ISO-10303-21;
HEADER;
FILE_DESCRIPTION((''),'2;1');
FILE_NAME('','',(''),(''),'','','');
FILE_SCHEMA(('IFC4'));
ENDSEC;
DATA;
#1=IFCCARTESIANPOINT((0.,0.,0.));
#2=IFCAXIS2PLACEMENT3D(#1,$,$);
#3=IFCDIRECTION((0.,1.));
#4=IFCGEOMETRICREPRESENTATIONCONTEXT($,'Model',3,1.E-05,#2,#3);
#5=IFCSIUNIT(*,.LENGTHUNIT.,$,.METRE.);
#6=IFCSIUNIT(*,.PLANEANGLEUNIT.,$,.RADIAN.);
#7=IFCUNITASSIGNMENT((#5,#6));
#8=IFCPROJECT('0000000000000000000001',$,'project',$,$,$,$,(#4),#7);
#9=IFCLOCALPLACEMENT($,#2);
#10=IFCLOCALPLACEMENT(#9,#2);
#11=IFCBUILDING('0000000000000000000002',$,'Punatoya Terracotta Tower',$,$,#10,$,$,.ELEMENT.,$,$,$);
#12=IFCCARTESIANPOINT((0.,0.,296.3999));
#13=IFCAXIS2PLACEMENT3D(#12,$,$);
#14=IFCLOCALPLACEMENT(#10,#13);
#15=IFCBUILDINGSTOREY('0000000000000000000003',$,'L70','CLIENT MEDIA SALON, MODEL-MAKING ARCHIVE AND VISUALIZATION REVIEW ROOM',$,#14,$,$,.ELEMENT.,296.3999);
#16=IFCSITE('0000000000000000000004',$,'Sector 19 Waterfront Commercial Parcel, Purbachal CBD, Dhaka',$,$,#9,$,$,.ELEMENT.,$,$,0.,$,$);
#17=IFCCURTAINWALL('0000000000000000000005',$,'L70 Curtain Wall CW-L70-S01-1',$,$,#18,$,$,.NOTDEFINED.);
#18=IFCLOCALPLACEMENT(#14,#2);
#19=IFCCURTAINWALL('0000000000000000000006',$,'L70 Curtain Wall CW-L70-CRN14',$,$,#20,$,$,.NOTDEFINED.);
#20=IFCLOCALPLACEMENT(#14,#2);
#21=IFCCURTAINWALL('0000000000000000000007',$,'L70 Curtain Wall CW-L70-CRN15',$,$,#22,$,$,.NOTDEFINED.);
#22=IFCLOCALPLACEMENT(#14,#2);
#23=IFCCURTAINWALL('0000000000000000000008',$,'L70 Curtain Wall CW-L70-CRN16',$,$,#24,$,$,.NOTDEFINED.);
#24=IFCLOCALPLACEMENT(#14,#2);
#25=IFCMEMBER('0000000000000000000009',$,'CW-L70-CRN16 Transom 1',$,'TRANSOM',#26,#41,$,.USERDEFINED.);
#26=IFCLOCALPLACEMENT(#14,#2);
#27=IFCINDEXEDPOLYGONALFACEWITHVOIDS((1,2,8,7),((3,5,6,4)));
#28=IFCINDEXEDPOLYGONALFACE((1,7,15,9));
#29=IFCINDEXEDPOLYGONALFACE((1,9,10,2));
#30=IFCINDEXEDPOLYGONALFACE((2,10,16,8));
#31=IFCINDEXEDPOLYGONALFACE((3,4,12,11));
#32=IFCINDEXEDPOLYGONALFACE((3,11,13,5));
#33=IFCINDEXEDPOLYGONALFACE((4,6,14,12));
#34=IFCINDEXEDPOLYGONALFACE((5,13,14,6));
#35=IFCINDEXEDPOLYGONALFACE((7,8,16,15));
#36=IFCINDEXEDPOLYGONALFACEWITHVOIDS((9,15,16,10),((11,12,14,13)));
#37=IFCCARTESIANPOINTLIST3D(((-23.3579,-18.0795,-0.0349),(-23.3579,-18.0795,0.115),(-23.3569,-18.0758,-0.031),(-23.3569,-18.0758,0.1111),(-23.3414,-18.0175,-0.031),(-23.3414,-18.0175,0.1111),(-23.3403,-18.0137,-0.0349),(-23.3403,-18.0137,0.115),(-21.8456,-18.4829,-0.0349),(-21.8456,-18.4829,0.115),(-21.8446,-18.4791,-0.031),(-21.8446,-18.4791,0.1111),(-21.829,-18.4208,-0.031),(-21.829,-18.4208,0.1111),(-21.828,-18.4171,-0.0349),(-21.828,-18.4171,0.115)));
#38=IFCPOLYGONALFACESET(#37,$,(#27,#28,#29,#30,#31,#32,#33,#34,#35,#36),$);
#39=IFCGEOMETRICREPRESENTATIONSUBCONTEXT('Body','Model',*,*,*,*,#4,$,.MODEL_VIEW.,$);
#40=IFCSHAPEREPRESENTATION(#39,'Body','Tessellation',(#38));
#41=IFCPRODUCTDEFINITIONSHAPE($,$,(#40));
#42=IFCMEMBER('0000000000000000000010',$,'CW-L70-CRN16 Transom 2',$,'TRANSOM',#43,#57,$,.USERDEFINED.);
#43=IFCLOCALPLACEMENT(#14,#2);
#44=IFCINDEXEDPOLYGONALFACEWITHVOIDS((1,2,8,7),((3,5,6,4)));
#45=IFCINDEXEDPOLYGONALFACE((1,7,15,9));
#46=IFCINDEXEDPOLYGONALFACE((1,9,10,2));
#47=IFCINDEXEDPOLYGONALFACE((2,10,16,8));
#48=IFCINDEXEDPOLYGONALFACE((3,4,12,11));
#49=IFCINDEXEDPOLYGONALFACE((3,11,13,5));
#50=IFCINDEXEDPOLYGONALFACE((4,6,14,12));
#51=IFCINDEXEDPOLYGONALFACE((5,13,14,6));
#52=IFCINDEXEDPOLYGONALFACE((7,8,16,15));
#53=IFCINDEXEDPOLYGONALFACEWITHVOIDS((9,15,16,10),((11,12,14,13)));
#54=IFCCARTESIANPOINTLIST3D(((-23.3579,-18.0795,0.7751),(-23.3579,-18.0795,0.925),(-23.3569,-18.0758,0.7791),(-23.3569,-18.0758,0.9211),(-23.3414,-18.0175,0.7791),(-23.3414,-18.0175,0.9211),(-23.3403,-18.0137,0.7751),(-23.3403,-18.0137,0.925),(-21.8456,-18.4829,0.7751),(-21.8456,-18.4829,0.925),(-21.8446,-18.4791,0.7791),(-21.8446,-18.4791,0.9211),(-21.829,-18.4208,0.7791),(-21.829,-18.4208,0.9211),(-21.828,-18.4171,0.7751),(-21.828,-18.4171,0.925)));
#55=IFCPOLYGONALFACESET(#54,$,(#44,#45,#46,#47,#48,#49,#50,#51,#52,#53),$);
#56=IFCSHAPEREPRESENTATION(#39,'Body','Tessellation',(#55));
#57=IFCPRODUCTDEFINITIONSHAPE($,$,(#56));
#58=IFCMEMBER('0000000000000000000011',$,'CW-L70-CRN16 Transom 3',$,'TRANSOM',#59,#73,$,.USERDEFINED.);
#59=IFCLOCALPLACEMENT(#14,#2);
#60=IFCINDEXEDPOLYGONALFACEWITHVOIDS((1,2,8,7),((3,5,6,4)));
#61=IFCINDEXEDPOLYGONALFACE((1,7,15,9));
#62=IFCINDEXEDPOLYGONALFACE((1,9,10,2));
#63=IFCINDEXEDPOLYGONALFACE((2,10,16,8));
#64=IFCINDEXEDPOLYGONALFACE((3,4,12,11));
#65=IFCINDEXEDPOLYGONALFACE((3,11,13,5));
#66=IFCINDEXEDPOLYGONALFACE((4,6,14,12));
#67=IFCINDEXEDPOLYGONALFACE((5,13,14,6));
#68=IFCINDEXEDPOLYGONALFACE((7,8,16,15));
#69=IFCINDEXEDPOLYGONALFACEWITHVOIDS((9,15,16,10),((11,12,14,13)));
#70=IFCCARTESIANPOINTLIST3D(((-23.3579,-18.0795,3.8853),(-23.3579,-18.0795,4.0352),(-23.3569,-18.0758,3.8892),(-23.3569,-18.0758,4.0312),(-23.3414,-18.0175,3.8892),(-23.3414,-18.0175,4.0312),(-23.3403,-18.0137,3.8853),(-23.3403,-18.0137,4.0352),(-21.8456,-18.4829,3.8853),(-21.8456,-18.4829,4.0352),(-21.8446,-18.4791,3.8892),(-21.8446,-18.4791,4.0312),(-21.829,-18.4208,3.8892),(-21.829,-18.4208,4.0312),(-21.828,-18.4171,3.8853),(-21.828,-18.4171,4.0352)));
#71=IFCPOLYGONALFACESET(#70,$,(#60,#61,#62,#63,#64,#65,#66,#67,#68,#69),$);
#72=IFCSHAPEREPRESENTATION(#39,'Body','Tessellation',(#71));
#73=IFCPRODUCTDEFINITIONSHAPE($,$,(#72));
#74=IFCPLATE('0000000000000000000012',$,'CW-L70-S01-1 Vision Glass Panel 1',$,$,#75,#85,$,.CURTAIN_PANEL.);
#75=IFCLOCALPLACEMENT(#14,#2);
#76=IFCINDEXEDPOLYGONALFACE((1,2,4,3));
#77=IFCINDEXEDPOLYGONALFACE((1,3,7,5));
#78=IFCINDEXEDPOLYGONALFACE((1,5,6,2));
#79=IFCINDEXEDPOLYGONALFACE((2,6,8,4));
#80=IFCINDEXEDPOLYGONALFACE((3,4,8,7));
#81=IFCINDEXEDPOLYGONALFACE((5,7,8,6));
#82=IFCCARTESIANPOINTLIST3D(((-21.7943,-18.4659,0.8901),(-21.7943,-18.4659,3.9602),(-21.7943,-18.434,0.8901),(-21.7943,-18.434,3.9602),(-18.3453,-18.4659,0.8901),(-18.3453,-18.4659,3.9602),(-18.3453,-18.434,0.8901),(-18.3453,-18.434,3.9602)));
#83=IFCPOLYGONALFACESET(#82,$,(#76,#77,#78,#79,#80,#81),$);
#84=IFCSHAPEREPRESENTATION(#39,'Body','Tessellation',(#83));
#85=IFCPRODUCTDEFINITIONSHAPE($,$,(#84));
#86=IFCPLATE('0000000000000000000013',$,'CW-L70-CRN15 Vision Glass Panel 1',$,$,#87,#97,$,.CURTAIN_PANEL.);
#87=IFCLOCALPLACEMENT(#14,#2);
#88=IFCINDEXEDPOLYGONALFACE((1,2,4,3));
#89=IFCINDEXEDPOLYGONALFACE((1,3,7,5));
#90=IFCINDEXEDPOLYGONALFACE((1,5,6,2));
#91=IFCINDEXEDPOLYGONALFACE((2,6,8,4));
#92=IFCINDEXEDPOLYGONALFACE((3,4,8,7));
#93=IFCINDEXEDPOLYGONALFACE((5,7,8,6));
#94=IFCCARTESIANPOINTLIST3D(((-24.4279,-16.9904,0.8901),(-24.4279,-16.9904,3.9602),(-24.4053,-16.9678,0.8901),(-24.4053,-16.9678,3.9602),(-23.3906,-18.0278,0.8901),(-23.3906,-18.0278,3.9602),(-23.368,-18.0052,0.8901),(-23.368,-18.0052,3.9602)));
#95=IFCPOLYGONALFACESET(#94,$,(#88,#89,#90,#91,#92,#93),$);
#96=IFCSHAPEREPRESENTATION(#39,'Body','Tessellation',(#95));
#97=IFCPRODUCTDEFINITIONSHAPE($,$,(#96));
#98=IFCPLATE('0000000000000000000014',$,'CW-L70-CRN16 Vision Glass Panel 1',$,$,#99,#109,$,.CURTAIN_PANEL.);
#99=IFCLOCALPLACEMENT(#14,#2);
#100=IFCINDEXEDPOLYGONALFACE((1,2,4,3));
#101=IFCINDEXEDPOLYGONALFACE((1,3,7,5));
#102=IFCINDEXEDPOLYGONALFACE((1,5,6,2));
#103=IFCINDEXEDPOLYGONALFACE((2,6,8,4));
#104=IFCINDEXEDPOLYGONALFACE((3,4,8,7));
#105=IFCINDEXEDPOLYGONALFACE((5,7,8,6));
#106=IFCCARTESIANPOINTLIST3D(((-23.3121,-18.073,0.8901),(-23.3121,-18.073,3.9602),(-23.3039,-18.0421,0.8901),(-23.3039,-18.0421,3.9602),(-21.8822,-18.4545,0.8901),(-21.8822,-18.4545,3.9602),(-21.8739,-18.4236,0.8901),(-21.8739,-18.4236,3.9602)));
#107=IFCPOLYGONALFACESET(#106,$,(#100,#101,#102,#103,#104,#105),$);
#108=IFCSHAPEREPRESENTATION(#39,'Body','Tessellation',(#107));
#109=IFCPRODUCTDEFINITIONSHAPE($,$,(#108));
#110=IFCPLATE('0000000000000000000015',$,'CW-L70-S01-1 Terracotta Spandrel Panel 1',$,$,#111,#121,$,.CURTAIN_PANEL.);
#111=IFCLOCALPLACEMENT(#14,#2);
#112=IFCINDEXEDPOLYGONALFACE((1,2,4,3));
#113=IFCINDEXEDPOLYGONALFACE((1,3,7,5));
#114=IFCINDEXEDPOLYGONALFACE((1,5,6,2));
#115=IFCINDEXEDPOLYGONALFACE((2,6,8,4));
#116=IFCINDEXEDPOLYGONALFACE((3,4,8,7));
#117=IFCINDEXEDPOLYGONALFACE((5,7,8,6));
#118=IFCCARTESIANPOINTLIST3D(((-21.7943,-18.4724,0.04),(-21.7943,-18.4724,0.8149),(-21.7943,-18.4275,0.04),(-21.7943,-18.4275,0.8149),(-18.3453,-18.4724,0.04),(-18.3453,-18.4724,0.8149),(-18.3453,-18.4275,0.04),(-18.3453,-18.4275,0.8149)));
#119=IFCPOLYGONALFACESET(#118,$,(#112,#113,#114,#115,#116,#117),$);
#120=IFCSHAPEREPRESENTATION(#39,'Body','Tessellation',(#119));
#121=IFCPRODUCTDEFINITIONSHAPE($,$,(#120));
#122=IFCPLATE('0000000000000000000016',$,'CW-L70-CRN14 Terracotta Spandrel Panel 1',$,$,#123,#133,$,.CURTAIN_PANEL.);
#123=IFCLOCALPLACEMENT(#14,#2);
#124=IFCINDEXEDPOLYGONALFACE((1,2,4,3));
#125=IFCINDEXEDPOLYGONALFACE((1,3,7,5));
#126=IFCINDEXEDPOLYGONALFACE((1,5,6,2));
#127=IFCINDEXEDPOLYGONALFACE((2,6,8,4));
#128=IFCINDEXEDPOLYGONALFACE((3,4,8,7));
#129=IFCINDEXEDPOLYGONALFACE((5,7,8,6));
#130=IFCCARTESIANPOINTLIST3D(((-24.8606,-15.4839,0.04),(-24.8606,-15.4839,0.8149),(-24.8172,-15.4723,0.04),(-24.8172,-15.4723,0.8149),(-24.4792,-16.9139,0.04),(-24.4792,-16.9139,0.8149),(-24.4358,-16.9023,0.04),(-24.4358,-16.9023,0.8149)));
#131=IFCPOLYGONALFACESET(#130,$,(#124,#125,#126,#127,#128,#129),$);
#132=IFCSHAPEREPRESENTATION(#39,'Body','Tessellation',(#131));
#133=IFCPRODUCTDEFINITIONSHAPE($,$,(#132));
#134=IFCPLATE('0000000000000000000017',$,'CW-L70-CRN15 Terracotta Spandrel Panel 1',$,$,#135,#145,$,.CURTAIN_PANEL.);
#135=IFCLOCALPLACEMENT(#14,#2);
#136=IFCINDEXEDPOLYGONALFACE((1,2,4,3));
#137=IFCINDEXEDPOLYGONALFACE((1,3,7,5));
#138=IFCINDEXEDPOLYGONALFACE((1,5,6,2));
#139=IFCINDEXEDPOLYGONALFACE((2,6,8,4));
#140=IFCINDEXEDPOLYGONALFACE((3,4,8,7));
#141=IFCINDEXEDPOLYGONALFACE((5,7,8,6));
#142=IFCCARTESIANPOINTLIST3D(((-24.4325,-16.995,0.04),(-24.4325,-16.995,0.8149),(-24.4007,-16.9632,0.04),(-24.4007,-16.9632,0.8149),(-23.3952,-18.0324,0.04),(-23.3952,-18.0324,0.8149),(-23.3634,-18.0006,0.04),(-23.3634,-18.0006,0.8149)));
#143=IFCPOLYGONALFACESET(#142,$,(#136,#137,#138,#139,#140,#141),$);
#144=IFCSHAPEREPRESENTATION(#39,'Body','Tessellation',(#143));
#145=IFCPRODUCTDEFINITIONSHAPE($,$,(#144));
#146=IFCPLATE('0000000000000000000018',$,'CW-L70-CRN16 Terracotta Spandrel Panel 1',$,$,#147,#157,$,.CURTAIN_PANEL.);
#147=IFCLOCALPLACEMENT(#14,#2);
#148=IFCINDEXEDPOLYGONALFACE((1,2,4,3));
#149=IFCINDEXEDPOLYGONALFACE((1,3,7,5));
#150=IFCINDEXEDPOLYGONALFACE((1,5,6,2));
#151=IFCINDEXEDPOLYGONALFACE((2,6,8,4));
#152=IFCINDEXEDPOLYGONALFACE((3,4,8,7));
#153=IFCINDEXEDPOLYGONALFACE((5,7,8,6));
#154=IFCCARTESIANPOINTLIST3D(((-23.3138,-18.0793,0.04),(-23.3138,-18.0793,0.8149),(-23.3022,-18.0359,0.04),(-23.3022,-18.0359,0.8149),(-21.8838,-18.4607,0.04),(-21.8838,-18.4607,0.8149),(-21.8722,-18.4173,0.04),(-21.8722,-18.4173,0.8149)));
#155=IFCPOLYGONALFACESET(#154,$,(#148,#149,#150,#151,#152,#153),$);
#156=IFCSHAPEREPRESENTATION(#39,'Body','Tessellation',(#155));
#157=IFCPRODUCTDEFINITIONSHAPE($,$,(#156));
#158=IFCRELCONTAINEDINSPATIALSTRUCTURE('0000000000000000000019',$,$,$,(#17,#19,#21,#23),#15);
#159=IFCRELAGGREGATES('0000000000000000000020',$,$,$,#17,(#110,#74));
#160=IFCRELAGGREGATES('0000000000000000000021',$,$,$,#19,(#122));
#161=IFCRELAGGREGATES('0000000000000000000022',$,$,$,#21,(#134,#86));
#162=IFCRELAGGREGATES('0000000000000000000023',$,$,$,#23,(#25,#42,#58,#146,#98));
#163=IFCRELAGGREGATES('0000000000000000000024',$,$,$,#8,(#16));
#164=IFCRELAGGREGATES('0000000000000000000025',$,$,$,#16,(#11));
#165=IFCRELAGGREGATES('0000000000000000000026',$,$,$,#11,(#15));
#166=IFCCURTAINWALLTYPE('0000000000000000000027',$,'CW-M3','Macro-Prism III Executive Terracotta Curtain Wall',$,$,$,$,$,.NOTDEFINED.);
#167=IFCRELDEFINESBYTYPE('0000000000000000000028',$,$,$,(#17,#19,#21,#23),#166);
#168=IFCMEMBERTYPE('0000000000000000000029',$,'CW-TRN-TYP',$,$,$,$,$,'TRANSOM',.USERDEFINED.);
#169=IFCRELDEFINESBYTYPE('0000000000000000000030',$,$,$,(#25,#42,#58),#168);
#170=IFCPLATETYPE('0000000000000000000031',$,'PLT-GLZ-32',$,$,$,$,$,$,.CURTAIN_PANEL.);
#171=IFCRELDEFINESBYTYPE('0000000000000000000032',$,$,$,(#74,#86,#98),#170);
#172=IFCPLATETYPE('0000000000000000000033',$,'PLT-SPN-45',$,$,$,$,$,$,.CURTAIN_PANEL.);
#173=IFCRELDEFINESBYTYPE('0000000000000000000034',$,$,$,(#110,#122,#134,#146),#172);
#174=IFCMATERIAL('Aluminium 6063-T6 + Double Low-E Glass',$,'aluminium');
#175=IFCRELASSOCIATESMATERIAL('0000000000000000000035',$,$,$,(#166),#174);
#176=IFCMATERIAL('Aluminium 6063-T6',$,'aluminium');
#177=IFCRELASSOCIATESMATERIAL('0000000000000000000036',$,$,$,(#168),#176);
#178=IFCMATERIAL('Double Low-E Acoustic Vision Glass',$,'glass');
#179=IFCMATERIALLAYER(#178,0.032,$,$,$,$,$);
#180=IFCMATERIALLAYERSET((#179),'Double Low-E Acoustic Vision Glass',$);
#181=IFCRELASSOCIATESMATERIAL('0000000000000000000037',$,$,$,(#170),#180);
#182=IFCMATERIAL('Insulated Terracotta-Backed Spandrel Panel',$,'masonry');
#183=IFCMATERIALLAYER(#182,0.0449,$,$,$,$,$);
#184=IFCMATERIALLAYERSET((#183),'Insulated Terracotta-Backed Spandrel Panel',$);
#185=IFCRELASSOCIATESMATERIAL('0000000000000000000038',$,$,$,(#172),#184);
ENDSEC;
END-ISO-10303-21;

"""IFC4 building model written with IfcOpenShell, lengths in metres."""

from ifc_helpers import new_model, si_unit, direction, frame, origin, origin_2d, place, context, subcontext, project, spatial, rectangle, hollow_rectangle, extrude, material, layer, layer_set, material_profile, profile_set, type_object, element, aggregate, save


model = new_model("IFC4")

# Units and contexts
model_context = context("Model", 3, precision=1e-05, world=origin(), true_north=direction((0.0, 1.0)))
body_context = subcontext(model_context, "Body", "Model", "MODEL_VIEW")
ifc_project = project(units=[si_unit("LENGTHUNIT", "METRE"), si_unit("PLANEANGLEUNIT", "RADIAN")], contexts=[model_context])

# Site, building, storey
site_placement = place(None, origin())
site = spatial("IfcSite", under=ifc_project, at=site_placement, Name="Sector 19 Waterfront Commercial Parcel, Purbachal CBD, Dhaka", CompositionType="ELEMENT", RefElevation=0.0)
building_placement = place(site_placement, origin())
building = spatial("IfcBuilding", under=site, at=building_placement, Name="Punatoya Terracotta Tower", CompositionType="ELEMENT")
storey_placement = place(building_placement, frame((0.0, 0.0, 296.3999)))
storey = spatial("IfcBuildingStorey", under=building, at=storey_placement, Name="L70", Description="CLIENT MEDIA SALON, MODEL-MAKING ARCHIVE AND VISUALIZATION REVIEW ROOM", CompositionType="ELEMENT", Elevation=296.3999)

# Curtain walls
ifc_material_1 = material(Name="Aluminium 6063-T6 + Double Low-E Glass", Category="aluminium")
curtain_wall_type = type_object("IfcCurtainWallType", Name="CW-M3", Description="Macro-Prism III Executive Terracotta Curtain Wall", PredefinedType="NOTDEFINED", material=ifc_material_1)
curtain_wall_1_placement = place(storey_placement, origin())
curtain_wall_1 = element("IfcCurtainWall", 1, at=curtain_wall_1_placement, inside=storey, type_object=curtain_wall_type, Name="L70 Curtain Wall CW-L70-S01-1", PredefinedType="NOTDEFINED")
ifc_material_2 = material(Name="Aluminium 6063-T6", Category="aluminium")
curtain_wall_2_placement = place(storey_placement, origin())
curtain_wall_2 = element("IfcCurtainWall", 2, at=curtain_wall_2_placement, inside=storey, type_object=curtain_wall_type, Name="L70 Curtain Wall CW-L70-CRN14", PredefinedType="NOTDEFINED")

# Curtain walls
curtain_wall_3_placement = place(storey_placement, origin())
curtain_wall_3 = element("IfcCurtainWall", 3, at=curtain_wall_3_placement, inside=storey, type_object=curtain_wall_type, Name="L70 Curtain Wall CW-L70-CRN15", PredefinedType="NOTDEFINED")
curtain_wall_4_placement = place(storey_placement, origin())
curtain_wall_4 = element("IfcCurtainWall", 4, at=curtain_wall_4_placement, inside=storey, type_object=curtain_wall_type, Name="L70 Curtain Wall CW-L70-CRN16", PredefinedType="NOTDEFINED")

# Members
ifc_material_profile_1 = material_profile(ifc_material_2, hollow_rectangle(XDim=0.0681, YDim=0.1499, WallThickness=0.0039, at=origin_2d()))
ifc_profile_set_1 = profile_set([ifc_material_profile_1], Name="Aluminium 6063-T6")
member_type_1 = type_object("IfcMemberType", Name="CW-TRN-TYP", ElementType="TRANSOM", PredefinedType="USERDEFINED", material=ifc_profile_set_1)
member_1_placement = place(storey_placement, frame((-23.3491, -18.0466, 0.04), z_axis=(0.966225, -0.257701, 0.0), x_axis=(0.257701, 0.966225, 0.0)))
member_1 = element("IfcMember", 5, at=member_1_placement, type_object=member_type_1, Name="CW-L70-CRN16 Transom 1", ObjectType="TRANSOM", PredefinedType="USERDEFINED", context=body_context, shape_type="SweptSolid", body=[
    extrude(hollow_rectangle(XDim=0.0681, YDim=0.1499, WallThickness=0.0039, at=origin_2d()), origin(), (0.0, 0.0, 1.0), 1.5652),
])
member_2_placement = place(storey_placement, frame((-23.3491, -18.0466, 0.8501), z_axis=(0.966225, -0.257701, 0.0), x_axis=(0.257701, 0.966225, 0.0)))
member_2 = element("IfcMember", 6, at=member_2_placement, type_object=member_type_1, Name="CW-L70-CRN16 Transom 2", ObjectType="TRANSOM", PredefinedType="USERDEFINED", context=body_context, shape_type="SweptSolid", body=[
    extrude(hollow_rectangle(XDim=0.0681, YDim=0.1499, WallThickness=0.0039, at=origin_2d()), origin(), (0.0, 0.0, 1.0), 1.5652),
])
member_3_placement = place(storey_placement, frame((-23.3491, -18.0466, 3.9602), z_axis=(0.966225, -0.257701, 0.0), x_axis=(0.257701, 0.966225, 0.0)))
member_3 = element("IfcMember", 7, at=member_3_placement, type_object=member_type_1, Name="CW-L70-CRN16 Transom 3", ObjectType="TRANSOM", PredefinedType="USERDEFINED", context=body_context, shape_type="SweptSolid", body=[
    extrude(hollow_rectangle(XDim=0.0681, YDim=0.1499, WallThickness=0.0039, at=origin_2d()), origin(), (0.0, 0.0, 1.0), 1.5652),
])

# Plates
ifc_material_3 = material(Name="Double Low-E Acoustic Vision Glass", Category="glass")
ifc_layer_1 = layer(ifc_material_3, 0.032)
ifc_layer_set_1 = layer_set([ifc_layer_1], Name="Double Low-E Acoustic Vision Glass")
plate_type_1 = type_object("IfcPlateType", Name="PLT-GLZ-32", PredefinedType="CURTAIN_PANEL", material=ifc_layer_set_1)
plate_1_placement = place(storey_placement, frame((-20.0698, -18.45, 0.8901), z_axis=(0.0, 0.0, 1.0), x_axis=(1.0, 0.0, 0.0)))
plate_1 = element("IfcPlate", 8, at=plate_1_placement, type_object=plate_type_1, Name="CW-L70-S01-1 Vision Glass Panel 1", PredefinedType="CURTAIN_PANEL", context=body_context, shape_type="SweptSolid", body=[
    extrude(rectangle(XDim=3.449, YDim=0.032, at=origin_2d()), origin(), (0.0, 0.0, 1.0), 3.0701),
])
plate_2_placement = place(storey_placement, frame((-23.8979, -17.4978, 0.8901), z_axis=(0.0, 0.0, 1.0), x_axis=(0.707107, -0.707107, 0.0)))
plate_2 = element("IfcPlate", 9, at=plate_2_placement, type_object=plate_type_1, Name="CW-L70-CRN15 Vision Glass Panel 1", PredefinedType="CURTAIN_PANEL", context=body_context, shape_type="SweptSolid", body=[
    extrude(rectangle(XDim=1.467, YDim=0.032, at=origin_2d()), origin(), (0.0, 0.0, 1.0), 3.0701),
])
plate_3_placement = place(storey_placement, frame((-22.593, -18.2483, 0.8901), z_axis=(0.0, 0.0, 1.0), x_axis=(0.966214, -0.257742, 0.0)))
plate_3 = element("IfcPlate", 10, at=plate_3_placement, type_object=plate_type_1, Name="CW-L70-CRN16 Vision Glass Panel 1", PredefinedType="CURTAIN_PANEL", context=body_context, shape_type="SweptSolid", body=[
    extrude(rectangle(XDim=1.48, YDim=0.032, at=origin_2d()), origin(), (0.0, 0.0, 1.0), 3.0701),
])
ifc_material_4 = material(Name="Insulated Terracotta-Backed Spandrel Panel", Category="masonry")
ifc_layer_2 = layer(ifc_material_4, 0.0449)
ifc_layer_set_2 = layer_set([ifc_layer_2], Name="Insulated Terracotta-Backed Spandrel Panel")
plate_type_2 = type_object("IfcPlateType", Name="PLT-SPN-45", PredefinedType="CURTAIN_PANEL", material=ifc_layer_set_2)
plate_4_placement = place(storey_placement, frame((-20.0698, -18.45, 0.04), z_axis=(0.0, 0.0, 1.0), x_axis=(1.0, 0.0, 0.0)))
plate_4 = element("IfcPlate", 11, at=plate_4_placement, type_object=plate_type_2, Name="CW-L70-S01-1 Terracotta Spandrel Panel 1", PredefinedType="CURTAIN_PANEL", context=body_context, shape_type="SweptSolid", body=[
    extrude(rectangle(XDim=3.449, YDim=0.0449, at=origin_2d()), origin(), (0.0, 0.0, 1.0), 0.7749),
])
aggregate(curtain_wall_1, [plate_4, plate_1])
plate_5_placement = place(storey_placement, frame((-24.6482, -16.1931, 0.04), z_axis=(0.0, 0.0, 1.0), x_axis=(0.257742, -0.966214, 0.0)))
plate_5 = element("IfcPlate", 12, at=plate_5_placement, type_object=plate_type_2, Name="CW-L70-CRN14 Terracotta Spandrel Panel 1", PredefinedType="CURTAIN_PANEL", context=body_context, shape_type="SweptSolid", body=[
    extrude(rectangle(XDim=1.48, YDim=0.0449, at=origin_2d()), origin(), (0.0, 0.0, 1.0), 0.7749),
])
aggregate(curtain_wall_2, [plate_5])
plate_6_placement = place(storey_placement, frame((-23.8979, -17.4978, 0.04), z_axis=(0.0, 0.0, 1.0), x_axis=(0.707107, -0.707107, 0.0)))
plate_6 = element("IfcPlate", 13, at=plate_6_placement, type_object=plate_type_2, Name="CW-L70-CRN15 Terracotta Spandrel Panel 1", PredefinedType="CURTAIN_PANEL", context=body_context, shape_type="SweptSolid", body=[
    extrude(rectangle(XDim=1.467, YDim=0.0449, at=origin_2d()), origin(), (0.0, 0.0, 1.0), 0.7749),
])
aggregate(curtain_wall_3, [plate_6, plate_2])
plate_7_placement = place(storey_placement, frame((-22.593, -18.2483, 0.04), z_axis=(0.0, 0.0, 1.0), x_axis=(0.966214, -0.257742, 0.0)))
plate_7 = element("IfcPlate", 14, at=plate_7_placement, type_object=plate_type_2, Name="CW-L70-CRN16 Terracotta Spandrel Panel 1", PredefinedType="CURTAIN_PANEL", context=body_context, shape_type="SweptSolid", body=[
    extrude(rectangle(XDim=1.48, YDim=0.0449, at=origin_2d()), origin(), (0.0, 0.0, 1.0), 0.7749),
])
aggregate(curtain_wall_4, [member_1, member_2, member_3, plate_7, plate_3])

save(model, "model.ifc")
